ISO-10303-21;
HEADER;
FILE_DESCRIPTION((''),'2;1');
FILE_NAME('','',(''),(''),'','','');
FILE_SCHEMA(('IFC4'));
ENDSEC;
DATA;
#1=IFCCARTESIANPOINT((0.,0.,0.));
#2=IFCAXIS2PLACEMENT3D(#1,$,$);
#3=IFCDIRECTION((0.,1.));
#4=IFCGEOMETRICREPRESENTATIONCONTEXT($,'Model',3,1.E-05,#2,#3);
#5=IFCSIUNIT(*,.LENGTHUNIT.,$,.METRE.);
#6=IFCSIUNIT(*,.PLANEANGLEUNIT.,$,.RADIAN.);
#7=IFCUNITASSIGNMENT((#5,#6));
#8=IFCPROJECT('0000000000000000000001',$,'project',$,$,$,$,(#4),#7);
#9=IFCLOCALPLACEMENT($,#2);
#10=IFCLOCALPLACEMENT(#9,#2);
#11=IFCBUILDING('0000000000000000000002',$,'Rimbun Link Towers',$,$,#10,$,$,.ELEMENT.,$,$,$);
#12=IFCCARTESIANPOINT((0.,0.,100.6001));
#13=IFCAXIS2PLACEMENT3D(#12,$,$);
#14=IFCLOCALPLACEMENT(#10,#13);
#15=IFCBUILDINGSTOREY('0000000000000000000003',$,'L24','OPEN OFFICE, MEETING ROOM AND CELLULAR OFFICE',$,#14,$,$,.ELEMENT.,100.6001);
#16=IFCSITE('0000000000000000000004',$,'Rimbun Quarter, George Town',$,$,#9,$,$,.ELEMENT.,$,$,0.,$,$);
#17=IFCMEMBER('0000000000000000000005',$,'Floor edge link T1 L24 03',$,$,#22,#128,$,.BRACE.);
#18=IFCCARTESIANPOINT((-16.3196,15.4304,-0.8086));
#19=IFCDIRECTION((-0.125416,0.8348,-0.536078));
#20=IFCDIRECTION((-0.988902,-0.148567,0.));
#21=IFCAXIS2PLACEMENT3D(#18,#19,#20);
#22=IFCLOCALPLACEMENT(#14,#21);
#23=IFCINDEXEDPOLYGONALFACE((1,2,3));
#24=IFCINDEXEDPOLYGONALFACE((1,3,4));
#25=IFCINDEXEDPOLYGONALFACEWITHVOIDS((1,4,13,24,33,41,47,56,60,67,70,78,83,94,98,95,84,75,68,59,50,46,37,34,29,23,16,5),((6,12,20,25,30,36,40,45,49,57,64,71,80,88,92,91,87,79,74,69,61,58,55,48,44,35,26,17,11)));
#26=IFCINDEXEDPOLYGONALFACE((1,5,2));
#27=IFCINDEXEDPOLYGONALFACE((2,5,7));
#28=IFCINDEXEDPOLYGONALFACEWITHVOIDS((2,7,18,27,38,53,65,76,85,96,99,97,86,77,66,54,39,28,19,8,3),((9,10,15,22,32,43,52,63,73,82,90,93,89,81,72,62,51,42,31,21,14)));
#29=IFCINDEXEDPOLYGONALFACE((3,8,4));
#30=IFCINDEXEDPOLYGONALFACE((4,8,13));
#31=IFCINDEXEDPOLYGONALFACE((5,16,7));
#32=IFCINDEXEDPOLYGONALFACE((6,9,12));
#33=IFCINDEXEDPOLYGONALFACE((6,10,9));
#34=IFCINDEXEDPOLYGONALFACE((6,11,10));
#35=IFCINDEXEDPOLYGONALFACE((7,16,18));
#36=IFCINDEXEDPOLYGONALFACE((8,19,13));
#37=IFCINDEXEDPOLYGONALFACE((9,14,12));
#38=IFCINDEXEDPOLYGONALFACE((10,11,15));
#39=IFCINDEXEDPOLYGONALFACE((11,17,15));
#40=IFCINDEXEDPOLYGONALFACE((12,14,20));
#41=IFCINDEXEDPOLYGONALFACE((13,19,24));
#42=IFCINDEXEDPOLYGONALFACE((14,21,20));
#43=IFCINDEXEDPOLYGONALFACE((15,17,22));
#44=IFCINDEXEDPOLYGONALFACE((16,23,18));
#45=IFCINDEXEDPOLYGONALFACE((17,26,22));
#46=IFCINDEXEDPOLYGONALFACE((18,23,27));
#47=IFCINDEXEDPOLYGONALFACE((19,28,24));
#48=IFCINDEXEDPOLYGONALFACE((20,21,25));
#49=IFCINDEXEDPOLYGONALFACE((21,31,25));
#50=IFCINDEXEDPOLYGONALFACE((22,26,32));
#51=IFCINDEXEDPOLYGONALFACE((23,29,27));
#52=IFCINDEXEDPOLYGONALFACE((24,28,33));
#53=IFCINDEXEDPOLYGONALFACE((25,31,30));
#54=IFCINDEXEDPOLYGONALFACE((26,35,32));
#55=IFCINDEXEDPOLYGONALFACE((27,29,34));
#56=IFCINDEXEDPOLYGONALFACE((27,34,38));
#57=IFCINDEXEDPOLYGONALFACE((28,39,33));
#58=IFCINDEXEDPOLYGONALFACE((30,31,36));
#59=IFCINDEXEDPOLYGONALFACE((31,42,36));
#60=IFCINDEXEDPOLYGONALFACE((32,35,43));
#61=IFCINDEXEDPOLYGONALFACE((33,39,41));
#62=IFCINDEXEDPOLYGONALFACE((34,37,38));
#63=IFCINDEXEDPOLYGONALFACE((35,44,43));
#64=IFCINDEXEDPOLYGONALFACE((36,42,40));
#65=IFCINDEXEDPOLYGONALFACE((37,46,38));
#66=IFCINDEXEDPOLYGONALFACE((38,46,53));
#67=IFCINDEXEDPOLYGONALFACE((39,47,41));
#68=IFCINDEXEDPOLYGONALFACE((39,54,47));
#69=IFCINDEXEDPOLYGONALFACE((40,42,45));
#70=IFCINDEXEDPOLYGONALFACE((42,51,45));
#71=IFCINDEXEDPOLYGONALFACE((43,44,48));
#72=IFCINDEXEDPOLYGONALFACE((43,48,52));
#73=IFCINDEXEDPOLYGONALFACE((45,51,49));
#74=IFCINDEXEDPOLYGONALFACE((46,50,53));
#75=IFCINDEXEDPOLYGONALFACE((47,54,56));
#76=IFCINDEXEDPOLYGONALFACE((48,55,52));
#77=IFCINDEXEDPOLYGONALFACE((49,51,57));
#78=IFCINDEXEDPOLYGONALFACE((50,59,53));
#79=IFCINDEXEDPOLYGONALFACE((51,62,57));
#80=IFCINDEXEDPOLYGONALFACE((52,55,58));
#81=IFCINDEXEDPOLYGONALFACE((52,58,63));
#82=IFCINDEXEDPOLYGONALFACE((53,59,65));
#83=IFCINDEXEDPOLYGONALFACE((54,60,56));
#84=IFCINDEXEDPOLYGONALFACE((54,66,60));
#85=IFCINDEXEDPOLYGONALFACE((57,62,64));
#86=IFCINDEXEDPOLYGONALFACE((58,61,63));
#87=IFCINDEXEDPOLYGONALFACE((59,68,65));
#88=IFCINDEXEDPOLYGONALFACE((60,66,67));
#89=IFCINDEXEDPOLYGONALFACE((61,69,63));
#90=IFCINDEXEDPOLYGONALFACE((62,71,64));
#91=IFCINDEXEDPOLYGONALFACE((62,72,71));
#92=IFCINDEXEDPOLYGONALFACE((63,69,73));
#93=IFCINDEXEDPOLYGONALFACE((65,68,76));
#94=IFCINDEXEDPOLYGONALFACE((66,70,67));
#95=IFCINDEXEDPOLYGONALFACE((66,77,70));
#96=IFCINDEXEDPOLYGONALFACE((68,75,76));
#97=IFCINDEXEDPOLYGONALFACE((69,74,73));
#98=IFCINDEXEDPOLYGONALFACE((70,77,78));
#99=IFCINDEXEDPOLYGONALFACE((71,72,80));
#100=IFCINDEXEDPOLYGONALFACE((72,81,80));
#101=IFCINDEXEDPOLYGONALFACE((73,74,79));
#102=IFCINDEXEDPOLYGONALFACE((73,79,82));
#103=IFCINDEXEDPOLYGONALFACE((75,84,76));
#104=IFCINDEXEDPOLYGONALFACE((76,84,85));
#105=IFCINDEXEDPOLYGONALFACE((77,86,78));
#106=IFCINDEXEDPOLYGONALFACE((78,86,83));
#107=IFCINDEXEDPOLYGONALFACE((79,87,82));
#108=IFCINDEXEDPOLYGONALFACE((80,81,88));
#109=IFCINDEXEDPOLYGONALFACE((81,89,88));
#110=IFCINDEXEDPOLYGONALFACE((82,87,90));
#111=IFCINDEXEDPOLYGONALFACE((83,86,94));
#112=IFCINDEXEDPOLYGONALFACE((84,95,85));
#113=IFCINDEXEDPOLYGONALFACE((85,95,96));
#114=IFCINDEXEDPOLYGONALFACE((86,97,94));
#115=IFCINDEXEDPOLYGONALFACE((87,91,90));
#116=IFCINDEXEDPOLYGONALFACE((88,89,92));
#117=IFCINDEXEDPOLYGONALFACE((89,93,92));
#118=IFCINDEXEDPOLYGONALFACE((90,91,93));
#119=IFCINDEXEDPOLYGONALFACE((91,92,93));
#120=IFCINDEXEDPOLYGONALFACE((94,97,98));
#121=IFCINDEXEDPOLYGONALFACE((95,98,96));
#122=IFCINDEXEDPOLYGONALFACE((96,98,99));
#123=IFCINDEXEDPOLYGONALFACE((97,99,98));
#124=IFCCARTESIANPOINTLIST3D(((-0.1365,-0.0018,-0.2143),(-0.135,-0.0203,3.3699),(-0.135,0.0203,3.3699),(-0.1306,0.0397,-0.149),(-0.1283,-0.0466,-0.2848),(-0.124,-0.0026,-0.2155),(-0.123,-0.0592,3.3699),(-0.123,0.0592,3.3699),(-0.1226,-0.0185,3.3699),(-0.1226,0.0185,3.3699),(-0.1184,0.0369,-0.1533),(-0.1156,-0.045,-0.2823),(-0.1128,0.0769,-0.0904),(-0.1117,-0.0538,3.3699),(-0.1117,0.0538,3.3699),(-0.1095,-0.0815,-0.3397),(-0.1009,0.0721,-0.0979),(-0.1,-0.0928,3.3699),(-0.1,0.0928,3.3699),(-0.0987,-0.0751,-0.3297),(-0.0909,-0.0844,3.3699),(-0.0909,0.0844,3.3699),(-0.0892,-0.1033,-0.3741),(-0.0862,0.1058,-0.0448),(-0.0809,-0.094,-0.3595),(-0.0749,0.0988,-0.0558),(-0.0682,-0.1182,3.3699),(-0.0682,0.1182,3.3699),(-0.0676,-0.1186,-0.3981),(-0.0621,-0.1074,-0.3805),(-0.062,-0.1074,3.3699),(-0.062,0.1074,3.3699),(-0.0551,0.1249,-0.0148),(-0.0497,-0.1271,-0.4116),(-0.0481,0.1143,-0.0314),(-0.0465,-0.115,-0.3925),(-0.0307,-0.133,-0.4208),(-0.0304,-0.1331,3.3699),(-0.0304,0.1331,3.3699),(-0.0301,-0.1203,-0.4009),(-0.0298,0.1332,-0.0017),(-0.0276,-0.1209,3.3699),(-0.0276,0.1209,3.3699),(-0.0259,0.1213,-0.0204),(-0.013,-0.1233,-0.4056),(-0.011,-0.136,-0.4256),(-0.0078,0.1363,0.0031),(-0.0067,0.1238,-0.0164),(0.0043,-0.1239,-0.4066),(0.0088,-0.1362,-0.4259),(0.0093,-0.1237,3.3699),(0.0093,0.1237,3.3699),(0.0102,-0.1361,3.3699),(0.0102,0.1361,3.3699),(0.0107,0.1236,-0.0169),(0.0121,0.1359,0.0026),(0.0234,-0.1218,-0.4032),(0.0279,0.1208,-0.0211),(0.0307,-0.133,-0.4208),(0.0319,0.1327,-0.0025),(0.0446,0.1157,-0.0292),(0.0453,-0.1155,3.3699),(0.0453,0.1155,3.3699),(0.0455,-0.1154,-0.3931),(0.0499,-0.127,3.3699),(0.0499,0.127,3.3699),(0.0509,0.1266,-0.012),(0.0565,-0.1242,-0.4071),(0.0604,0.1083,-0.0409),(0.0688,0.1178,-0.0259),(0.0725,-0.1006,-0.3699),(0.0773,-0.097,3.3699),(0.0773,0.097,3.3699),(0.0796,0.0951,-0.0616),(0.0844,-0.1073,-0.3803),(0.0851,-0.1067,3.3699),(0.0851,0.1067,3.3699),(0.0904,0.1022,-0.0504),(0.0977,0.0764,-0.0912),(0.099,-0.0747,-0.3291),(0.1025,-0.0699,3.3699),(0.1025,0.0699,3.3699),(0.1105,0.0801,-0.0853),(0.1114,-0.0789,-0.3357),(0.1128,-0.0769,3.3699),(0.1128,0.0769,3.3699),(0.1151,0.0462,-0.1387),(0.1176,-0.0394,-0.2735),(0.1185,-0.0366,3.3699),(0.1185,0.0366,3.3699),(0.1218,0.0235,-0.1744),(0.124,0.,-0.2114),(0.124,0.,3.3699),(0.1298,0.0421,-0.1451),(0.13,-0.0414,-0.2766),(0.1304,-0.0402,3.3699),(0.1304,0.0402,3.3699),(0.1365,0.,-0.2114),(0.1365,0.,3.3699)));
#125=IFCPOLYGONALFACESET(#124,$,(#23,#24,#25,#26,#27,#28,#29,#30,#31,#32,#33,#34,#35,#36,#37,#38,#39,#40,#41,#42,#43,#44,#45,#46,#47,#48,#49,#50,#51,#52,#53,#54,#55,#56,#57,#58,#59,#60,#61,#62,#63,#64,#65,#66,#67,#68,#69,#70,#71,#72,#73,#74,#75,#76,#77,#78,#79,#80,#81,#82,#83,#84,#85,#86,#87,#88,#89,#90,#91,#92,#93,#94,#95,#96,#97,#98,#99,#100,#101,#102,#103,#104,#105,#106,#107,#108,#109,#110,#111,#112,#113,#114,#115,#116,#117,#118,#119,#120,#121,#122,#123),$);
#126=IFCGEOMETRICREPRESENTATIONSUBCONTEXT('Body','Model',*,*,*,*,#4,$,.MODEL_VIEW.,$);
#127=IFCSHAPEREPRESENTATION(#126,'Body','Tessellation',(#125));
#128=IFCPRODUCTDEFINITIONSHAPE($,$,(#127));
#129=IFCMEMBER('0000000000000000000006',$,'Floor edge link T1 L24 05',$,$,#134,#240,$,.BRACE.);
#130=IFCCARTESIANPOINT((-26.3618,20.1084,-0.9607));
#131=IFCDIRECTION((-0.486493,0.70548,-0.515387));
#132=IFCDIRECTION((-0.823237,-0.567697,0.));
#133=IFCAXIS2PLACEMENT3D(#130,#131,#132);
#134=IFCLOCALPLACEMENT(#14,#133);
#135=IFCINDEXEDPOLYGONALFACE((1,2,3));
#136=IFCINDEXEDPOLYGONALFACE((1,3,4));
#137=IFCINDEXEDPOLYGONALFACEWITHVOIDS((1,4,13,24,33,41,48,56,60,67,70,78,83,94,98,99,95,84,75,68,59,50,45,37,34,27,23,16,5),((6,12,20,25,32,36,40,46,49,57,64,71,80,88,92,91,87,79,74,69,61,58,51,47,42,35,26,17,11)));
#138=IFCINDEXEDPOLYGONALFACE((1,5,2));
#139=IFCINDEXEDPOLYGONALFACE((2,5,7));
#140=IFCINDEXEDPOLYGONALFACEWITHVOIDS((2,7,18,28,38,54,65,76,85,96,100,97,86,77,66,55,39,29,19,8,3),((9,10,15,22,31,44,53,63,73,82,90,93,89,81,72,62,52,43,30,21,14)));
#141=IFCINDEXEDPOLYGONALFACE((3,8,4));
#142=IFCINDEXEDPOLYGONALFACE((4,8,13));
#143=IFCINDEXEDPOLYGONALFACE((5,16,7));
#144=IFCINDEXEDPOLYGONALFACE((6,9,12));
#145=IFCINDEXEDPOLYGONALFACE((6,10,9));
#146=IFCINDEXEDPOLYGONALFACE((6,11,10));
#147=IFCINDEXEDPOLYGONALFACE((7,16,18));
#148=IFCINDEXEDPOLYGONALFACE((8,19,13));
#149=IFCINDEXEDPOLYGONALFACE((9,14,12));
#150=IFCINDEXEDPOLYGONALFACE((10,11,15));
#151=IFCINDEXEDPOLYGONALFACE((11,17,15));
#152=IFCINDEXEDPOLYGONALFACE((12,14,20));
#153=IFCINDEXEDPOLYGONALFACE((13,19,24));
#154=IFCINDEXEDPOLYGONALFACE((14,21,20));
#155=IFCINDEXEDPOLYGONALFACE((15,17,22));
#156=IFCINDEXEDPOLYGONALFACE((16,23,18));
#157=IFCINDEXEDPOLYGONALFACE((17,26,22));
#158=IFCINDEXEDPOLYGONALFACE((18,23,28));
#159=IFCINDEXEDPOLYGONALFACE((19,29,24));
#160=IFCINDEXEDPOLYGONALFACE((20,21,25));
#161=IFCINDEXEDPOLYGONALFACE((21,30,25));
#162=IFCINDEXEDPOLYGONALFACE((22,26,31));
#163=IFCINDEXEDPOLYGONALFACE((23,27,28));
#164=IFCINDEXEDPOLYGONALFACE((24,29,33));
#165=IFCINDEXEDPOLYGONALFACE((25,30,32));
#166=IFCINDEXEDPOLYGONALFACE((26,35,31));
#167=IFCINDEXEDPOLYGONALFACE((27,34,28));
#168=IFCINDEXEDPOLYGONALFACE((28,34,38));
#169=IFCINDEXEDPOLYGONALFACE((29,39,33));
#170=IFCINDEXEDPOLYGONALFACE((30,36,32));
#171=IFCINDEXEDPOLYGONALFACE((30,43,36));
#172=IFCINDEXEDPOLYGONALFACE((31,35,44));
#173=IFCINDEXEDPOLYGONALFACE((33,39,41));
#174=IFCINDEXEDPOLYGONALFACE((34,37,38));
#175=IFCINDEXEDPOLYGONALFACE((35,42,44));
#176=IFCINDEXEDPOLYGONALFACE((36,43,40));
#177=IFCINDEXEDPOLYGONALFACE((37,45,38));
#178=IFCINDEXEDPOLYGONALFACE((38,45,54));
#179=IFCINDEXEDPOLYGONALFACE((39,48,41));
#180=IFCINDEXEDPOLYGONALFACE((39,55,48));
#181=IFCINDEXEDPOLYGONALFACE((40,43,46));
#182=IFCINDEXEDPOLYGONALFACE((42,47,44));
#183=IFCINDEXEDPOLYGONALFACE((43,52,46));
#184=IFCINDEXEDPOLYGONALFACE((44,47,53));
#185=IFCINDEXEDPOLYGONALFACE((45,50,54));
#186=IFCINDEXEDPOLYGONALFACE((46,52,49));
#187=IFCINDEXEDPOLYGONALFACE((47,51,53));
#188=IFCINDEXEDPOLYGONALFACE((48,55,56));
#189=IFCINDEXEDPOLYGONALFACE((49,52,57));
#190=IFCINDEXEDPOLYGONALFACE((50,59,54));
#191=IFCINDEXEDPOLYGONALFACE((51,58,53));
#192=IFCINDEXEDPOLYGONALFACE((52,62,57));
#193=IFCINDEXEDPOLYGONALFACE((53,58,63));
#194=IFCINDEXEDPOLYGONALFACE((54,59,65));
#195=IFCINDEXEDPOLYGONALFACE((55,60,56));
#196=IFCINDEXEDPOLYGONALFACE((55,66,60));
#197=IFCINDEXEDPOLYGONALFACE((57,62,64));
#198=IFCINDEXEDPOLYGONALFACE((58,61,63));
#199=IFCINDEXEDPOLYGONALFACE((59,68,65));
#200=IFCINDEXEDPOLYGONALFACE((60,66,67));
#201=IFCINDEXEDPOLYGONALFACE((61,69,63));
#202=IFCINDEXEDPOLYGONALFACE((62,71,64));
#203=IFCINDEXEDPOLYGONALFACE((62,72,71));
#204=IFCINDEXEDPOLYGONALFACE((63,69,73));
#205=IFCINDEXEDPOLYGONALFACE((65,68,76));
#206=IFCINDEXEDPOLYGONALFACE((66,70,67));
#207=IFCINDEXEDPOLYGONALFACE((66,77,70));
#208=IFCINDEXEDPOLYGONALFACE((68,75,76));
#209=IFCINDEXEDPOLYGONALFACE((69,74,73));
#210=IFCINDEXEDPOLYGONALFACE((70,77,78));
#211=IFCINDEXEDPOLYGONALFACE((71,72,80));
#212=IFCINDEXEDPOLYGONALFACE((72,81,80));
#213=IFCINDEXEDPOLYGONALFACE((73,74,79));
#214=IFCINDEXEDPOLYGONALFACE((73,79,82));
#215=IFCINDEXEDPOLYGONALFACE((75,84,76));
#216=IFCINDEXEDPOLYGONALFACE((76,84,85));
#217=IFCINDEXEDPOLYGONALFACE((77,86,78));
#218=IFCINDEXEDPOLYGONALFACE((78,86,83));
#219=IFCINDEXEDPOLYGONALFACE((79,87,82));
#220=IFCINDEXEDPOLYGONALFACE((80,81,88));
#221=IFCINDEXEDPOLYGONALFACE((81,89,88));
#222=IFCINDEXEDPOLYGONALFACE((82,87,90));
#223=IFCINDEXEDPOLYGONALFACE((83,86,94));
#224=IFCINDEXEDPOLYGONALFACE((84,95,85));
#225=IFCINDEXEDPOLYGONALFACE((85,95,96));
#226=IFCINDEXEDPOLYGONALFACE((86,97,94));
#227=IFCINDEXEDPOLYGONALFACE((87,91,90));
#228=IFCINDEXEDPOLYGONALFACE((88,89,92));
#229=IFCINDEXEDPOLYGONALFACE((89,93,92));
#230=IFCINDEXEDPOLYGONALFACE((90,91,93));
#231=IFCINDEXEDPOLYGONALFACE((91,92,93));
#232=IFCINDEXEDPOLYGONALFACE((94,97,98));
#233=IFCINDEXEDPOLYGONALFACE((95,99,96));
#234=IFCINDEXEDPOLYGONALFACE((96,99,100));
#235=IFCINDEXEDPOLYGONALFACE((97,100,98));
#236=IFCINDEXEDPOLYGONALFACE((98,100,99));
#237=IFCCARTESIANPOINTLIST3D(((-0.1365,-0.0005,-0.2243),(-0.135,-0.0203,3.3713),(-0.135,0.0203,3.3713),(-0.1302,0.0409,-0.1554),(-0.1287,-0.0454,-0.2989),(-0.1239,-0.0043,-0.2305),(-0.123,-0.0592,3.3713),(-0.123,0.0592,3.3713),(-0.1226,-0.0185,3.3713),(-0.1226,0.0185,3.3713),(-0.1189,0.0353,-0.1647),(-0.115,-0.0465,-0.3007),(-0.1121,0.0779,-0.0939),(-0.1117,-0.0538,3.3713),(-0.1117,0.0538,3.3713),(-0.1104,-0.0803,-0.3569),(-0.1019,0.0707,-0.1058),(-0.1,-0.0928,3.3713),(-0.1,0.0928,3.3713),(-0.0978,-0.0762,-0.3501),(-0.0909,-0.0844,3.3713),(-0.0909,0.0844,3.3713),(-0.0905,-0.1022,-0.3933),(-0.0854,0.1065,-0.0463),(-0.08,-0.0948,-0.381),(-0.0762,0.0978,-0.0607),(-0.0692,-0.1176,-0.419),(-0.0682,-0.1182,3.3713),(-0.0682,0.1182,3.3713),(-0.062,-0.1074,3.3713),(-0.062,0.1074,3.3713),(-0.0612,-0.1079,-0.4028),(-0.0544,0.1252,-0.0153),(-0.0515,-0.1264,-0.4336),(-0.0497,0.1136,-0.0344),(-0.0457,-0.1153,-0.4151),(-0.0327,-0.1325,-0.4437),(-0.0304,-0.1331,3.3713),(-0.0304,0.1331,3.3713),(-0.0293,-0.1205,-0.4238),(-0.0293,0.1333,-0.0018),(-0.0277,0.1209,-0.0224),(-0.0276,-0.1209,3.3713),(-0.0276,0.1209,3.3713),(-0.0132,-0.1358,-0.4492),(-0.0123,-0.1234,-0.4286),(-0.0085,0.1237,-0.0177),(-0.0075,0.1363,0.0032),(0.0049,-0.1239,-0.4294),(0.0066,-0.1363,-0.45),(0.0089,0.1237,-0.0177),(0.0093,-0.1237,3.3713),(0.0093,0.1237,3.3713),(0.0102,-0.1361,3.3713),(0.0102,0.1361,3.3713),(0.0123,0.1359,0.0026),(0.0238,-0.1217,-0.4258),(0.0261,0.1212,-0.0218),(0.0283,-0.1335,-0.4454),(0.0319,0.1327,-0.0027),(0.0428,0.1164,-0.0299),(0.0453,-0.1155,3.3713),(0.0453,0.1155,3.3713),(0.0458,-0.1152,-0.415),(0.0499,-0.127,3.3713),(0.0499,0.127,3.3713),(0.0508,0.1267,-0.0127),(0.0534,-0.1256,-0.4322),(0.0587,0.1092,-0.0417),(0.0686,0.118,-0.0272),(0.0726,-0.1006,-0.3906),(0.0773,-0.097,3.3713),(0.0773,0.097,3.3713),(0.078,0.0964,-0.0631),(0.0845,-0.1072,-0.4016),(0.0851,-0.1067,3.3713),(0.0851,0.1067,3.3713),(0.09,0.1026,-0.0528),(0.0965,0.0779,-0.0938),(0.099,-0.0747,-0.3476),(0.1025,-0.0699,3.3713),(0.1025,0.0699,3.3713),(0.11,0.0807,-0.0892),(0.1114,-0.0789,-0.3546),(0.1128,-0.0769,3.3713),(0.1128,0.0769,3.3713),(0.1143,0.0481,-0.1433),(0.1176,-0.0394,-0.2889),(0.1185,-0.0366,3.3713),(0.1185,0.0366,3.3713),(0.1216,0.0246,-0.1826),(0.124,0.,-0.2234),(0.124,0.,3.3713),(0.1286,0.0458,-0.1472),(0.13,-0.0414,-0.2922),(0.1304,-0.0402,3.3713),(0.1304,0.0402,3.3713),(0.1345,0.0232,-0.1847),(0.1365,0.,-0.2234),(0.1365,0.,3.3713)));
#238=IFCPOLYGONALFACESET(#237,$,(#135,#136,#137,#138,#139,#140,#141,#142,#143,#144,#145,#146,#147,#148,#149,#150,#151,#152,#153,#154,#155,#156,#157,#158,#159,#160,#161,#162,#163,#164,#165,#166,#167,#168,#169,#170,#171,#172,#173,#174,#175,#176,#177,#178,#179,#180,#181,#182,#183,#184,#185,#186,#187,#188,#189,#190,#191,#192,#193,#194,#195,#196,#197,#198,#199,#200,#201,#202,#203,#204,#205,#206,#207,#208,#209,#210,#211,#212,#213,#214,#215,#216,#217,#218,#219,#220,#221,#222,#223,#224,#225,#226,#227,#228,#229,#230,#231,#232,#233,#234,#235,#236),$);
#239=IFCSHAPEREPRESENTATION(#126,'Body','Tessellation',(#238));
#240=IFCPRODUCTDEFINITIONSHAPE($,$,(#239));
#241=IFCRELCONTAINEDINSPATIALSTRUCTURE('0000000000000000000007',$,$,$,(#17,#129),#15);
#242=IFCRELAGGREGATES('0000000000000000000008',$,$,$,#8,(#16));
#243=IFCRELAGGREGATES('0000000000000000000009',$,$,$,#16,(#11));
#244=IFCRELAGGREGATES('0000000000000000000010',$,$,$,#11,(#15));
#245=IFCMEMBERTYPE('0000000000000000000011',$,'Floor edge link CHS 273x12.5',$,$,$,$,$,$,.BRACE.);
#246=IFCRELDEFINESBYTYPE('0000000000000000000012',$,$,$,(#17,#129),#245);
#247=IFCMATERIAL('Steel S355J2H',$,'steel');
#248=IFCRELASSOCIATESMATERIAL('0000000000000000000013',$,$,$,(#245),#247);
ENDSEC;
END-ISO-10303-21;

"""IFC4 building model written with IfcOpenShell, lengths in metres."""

from ifc_helpers import new_model, si_unit, direction, frame, origin, origin_2d, place, context, subcontext, project, spatial, hollow_circle, extrude, clip, halfspace, material, material_profile, profile_set, type_object, element, save


model = new_model("IFC4")

# Units and contexts
model_context = context("Model", 3, precision=1e-05, world=origin(), true_north=direction((0.0, 1.0)))
body_context = subcontext(model_context, "Body", "Model", "MODEL_VIEW")
ifc_project = project(units=[si_unit("LENGTHUNIT", "METRE"), si_unit("PLANEANGLEUNIT", "RADIAN")], contexts=[model_context])

# Site, building, storey
site_placement = place(None, origin())
site = spatial("IfcSite", under=ifc_project, at=site_placement, Name="Rimbun Quarter, George Town", CompositionType="ELEMENT", RefElevation=0.0)
building_placement = place(site_placement, origin())
building = spatial("IfcBuilding", under=site, at=building_placement, Name="Rimbun Link Towers", CompositionType="ELEMENT")
storey_placement = place(building_placement, frame((0.0, 0.0, 100.6001)))
storey = spatial("IfcBuildingStorey", under=building, at=storey_placement, Name="L24", Description="OPEN OFFICE, MEETING ROOM AND CELLULAR OFFICE", CompositionType="ELEMENT", Elevation=100.6001)

# Members
ifc_material_1 = material(Name="Steel S355J2H", Category="steel")
ifc_material_profile_1 = material_profile(ifc_material_1, hollow_circle(Radius=0.1365, WallThickness=0.0125, at=origin_2d()), Name="CHS 273x12.5")
ifc_profile_set_1 = profile_set([ifc_material_profile_1], Name="Steel S355J2H")
member_type_1 = type_object("IfcMemberType", Name="Floor edge link CHS 273x12.5", PredefinedType="BRACE", material=ifc_profile_set_1)
member_1_placement = place(storey_placement, frame((-16.3196, 15.4304, -0.8086), z_axis=(-0.125416, 0.8348, -0.536078), x_axis=(-0.988902, -0.148567, 0.0)))
element("IfcMember", 1, at=member_1_placement, inside=storey, type_object=member_type_1, Name="Floor edge link T1 L24 03", PredefinedType="BRACE", context=body_context, shape_type="Clipping", body=[
    clip(extrude(hollow_circle(Radius=0.1365, WallThickness=0.0125, at=origin_2d()), frame((0.0, 0.0, -0.4485)), (0.0, 0.0, 1.0), 3.8184), halfspace(frame((0.0, 0.0, -0.2114), z_axis=(0.0, 0.844169, -0.536078)), False)),
])
member_2_placement = place(storey_placement, frame((-26.3618, 20.1084, -0.9607), z_axis=(-0.486493, 0.70548, -0.515387), x_axis=(-0.823237, -0.567697, 0.0)))
element("IfcMember", 2, at=member_2_placement, inside=storey, type_object=member_type_1, Name="Floor edge link T1 L24 05", PredefinedType="BRACE", context=body_context, shape_type="Clipping", body=[
    clip(extrude(hollow_circle(Radius=0.1365, WallThickness=0.0125, at=origin_2d()), frame((0.0, 0.0, -0.4734)), (0.0, 0.0, 1.0), 3.8447), halfspace(frame((0.0, 0.0, -0.2234), z_axis=(0.0, 0.856958, -0.515387)), False)),
])

save(model, "model.ifc")
